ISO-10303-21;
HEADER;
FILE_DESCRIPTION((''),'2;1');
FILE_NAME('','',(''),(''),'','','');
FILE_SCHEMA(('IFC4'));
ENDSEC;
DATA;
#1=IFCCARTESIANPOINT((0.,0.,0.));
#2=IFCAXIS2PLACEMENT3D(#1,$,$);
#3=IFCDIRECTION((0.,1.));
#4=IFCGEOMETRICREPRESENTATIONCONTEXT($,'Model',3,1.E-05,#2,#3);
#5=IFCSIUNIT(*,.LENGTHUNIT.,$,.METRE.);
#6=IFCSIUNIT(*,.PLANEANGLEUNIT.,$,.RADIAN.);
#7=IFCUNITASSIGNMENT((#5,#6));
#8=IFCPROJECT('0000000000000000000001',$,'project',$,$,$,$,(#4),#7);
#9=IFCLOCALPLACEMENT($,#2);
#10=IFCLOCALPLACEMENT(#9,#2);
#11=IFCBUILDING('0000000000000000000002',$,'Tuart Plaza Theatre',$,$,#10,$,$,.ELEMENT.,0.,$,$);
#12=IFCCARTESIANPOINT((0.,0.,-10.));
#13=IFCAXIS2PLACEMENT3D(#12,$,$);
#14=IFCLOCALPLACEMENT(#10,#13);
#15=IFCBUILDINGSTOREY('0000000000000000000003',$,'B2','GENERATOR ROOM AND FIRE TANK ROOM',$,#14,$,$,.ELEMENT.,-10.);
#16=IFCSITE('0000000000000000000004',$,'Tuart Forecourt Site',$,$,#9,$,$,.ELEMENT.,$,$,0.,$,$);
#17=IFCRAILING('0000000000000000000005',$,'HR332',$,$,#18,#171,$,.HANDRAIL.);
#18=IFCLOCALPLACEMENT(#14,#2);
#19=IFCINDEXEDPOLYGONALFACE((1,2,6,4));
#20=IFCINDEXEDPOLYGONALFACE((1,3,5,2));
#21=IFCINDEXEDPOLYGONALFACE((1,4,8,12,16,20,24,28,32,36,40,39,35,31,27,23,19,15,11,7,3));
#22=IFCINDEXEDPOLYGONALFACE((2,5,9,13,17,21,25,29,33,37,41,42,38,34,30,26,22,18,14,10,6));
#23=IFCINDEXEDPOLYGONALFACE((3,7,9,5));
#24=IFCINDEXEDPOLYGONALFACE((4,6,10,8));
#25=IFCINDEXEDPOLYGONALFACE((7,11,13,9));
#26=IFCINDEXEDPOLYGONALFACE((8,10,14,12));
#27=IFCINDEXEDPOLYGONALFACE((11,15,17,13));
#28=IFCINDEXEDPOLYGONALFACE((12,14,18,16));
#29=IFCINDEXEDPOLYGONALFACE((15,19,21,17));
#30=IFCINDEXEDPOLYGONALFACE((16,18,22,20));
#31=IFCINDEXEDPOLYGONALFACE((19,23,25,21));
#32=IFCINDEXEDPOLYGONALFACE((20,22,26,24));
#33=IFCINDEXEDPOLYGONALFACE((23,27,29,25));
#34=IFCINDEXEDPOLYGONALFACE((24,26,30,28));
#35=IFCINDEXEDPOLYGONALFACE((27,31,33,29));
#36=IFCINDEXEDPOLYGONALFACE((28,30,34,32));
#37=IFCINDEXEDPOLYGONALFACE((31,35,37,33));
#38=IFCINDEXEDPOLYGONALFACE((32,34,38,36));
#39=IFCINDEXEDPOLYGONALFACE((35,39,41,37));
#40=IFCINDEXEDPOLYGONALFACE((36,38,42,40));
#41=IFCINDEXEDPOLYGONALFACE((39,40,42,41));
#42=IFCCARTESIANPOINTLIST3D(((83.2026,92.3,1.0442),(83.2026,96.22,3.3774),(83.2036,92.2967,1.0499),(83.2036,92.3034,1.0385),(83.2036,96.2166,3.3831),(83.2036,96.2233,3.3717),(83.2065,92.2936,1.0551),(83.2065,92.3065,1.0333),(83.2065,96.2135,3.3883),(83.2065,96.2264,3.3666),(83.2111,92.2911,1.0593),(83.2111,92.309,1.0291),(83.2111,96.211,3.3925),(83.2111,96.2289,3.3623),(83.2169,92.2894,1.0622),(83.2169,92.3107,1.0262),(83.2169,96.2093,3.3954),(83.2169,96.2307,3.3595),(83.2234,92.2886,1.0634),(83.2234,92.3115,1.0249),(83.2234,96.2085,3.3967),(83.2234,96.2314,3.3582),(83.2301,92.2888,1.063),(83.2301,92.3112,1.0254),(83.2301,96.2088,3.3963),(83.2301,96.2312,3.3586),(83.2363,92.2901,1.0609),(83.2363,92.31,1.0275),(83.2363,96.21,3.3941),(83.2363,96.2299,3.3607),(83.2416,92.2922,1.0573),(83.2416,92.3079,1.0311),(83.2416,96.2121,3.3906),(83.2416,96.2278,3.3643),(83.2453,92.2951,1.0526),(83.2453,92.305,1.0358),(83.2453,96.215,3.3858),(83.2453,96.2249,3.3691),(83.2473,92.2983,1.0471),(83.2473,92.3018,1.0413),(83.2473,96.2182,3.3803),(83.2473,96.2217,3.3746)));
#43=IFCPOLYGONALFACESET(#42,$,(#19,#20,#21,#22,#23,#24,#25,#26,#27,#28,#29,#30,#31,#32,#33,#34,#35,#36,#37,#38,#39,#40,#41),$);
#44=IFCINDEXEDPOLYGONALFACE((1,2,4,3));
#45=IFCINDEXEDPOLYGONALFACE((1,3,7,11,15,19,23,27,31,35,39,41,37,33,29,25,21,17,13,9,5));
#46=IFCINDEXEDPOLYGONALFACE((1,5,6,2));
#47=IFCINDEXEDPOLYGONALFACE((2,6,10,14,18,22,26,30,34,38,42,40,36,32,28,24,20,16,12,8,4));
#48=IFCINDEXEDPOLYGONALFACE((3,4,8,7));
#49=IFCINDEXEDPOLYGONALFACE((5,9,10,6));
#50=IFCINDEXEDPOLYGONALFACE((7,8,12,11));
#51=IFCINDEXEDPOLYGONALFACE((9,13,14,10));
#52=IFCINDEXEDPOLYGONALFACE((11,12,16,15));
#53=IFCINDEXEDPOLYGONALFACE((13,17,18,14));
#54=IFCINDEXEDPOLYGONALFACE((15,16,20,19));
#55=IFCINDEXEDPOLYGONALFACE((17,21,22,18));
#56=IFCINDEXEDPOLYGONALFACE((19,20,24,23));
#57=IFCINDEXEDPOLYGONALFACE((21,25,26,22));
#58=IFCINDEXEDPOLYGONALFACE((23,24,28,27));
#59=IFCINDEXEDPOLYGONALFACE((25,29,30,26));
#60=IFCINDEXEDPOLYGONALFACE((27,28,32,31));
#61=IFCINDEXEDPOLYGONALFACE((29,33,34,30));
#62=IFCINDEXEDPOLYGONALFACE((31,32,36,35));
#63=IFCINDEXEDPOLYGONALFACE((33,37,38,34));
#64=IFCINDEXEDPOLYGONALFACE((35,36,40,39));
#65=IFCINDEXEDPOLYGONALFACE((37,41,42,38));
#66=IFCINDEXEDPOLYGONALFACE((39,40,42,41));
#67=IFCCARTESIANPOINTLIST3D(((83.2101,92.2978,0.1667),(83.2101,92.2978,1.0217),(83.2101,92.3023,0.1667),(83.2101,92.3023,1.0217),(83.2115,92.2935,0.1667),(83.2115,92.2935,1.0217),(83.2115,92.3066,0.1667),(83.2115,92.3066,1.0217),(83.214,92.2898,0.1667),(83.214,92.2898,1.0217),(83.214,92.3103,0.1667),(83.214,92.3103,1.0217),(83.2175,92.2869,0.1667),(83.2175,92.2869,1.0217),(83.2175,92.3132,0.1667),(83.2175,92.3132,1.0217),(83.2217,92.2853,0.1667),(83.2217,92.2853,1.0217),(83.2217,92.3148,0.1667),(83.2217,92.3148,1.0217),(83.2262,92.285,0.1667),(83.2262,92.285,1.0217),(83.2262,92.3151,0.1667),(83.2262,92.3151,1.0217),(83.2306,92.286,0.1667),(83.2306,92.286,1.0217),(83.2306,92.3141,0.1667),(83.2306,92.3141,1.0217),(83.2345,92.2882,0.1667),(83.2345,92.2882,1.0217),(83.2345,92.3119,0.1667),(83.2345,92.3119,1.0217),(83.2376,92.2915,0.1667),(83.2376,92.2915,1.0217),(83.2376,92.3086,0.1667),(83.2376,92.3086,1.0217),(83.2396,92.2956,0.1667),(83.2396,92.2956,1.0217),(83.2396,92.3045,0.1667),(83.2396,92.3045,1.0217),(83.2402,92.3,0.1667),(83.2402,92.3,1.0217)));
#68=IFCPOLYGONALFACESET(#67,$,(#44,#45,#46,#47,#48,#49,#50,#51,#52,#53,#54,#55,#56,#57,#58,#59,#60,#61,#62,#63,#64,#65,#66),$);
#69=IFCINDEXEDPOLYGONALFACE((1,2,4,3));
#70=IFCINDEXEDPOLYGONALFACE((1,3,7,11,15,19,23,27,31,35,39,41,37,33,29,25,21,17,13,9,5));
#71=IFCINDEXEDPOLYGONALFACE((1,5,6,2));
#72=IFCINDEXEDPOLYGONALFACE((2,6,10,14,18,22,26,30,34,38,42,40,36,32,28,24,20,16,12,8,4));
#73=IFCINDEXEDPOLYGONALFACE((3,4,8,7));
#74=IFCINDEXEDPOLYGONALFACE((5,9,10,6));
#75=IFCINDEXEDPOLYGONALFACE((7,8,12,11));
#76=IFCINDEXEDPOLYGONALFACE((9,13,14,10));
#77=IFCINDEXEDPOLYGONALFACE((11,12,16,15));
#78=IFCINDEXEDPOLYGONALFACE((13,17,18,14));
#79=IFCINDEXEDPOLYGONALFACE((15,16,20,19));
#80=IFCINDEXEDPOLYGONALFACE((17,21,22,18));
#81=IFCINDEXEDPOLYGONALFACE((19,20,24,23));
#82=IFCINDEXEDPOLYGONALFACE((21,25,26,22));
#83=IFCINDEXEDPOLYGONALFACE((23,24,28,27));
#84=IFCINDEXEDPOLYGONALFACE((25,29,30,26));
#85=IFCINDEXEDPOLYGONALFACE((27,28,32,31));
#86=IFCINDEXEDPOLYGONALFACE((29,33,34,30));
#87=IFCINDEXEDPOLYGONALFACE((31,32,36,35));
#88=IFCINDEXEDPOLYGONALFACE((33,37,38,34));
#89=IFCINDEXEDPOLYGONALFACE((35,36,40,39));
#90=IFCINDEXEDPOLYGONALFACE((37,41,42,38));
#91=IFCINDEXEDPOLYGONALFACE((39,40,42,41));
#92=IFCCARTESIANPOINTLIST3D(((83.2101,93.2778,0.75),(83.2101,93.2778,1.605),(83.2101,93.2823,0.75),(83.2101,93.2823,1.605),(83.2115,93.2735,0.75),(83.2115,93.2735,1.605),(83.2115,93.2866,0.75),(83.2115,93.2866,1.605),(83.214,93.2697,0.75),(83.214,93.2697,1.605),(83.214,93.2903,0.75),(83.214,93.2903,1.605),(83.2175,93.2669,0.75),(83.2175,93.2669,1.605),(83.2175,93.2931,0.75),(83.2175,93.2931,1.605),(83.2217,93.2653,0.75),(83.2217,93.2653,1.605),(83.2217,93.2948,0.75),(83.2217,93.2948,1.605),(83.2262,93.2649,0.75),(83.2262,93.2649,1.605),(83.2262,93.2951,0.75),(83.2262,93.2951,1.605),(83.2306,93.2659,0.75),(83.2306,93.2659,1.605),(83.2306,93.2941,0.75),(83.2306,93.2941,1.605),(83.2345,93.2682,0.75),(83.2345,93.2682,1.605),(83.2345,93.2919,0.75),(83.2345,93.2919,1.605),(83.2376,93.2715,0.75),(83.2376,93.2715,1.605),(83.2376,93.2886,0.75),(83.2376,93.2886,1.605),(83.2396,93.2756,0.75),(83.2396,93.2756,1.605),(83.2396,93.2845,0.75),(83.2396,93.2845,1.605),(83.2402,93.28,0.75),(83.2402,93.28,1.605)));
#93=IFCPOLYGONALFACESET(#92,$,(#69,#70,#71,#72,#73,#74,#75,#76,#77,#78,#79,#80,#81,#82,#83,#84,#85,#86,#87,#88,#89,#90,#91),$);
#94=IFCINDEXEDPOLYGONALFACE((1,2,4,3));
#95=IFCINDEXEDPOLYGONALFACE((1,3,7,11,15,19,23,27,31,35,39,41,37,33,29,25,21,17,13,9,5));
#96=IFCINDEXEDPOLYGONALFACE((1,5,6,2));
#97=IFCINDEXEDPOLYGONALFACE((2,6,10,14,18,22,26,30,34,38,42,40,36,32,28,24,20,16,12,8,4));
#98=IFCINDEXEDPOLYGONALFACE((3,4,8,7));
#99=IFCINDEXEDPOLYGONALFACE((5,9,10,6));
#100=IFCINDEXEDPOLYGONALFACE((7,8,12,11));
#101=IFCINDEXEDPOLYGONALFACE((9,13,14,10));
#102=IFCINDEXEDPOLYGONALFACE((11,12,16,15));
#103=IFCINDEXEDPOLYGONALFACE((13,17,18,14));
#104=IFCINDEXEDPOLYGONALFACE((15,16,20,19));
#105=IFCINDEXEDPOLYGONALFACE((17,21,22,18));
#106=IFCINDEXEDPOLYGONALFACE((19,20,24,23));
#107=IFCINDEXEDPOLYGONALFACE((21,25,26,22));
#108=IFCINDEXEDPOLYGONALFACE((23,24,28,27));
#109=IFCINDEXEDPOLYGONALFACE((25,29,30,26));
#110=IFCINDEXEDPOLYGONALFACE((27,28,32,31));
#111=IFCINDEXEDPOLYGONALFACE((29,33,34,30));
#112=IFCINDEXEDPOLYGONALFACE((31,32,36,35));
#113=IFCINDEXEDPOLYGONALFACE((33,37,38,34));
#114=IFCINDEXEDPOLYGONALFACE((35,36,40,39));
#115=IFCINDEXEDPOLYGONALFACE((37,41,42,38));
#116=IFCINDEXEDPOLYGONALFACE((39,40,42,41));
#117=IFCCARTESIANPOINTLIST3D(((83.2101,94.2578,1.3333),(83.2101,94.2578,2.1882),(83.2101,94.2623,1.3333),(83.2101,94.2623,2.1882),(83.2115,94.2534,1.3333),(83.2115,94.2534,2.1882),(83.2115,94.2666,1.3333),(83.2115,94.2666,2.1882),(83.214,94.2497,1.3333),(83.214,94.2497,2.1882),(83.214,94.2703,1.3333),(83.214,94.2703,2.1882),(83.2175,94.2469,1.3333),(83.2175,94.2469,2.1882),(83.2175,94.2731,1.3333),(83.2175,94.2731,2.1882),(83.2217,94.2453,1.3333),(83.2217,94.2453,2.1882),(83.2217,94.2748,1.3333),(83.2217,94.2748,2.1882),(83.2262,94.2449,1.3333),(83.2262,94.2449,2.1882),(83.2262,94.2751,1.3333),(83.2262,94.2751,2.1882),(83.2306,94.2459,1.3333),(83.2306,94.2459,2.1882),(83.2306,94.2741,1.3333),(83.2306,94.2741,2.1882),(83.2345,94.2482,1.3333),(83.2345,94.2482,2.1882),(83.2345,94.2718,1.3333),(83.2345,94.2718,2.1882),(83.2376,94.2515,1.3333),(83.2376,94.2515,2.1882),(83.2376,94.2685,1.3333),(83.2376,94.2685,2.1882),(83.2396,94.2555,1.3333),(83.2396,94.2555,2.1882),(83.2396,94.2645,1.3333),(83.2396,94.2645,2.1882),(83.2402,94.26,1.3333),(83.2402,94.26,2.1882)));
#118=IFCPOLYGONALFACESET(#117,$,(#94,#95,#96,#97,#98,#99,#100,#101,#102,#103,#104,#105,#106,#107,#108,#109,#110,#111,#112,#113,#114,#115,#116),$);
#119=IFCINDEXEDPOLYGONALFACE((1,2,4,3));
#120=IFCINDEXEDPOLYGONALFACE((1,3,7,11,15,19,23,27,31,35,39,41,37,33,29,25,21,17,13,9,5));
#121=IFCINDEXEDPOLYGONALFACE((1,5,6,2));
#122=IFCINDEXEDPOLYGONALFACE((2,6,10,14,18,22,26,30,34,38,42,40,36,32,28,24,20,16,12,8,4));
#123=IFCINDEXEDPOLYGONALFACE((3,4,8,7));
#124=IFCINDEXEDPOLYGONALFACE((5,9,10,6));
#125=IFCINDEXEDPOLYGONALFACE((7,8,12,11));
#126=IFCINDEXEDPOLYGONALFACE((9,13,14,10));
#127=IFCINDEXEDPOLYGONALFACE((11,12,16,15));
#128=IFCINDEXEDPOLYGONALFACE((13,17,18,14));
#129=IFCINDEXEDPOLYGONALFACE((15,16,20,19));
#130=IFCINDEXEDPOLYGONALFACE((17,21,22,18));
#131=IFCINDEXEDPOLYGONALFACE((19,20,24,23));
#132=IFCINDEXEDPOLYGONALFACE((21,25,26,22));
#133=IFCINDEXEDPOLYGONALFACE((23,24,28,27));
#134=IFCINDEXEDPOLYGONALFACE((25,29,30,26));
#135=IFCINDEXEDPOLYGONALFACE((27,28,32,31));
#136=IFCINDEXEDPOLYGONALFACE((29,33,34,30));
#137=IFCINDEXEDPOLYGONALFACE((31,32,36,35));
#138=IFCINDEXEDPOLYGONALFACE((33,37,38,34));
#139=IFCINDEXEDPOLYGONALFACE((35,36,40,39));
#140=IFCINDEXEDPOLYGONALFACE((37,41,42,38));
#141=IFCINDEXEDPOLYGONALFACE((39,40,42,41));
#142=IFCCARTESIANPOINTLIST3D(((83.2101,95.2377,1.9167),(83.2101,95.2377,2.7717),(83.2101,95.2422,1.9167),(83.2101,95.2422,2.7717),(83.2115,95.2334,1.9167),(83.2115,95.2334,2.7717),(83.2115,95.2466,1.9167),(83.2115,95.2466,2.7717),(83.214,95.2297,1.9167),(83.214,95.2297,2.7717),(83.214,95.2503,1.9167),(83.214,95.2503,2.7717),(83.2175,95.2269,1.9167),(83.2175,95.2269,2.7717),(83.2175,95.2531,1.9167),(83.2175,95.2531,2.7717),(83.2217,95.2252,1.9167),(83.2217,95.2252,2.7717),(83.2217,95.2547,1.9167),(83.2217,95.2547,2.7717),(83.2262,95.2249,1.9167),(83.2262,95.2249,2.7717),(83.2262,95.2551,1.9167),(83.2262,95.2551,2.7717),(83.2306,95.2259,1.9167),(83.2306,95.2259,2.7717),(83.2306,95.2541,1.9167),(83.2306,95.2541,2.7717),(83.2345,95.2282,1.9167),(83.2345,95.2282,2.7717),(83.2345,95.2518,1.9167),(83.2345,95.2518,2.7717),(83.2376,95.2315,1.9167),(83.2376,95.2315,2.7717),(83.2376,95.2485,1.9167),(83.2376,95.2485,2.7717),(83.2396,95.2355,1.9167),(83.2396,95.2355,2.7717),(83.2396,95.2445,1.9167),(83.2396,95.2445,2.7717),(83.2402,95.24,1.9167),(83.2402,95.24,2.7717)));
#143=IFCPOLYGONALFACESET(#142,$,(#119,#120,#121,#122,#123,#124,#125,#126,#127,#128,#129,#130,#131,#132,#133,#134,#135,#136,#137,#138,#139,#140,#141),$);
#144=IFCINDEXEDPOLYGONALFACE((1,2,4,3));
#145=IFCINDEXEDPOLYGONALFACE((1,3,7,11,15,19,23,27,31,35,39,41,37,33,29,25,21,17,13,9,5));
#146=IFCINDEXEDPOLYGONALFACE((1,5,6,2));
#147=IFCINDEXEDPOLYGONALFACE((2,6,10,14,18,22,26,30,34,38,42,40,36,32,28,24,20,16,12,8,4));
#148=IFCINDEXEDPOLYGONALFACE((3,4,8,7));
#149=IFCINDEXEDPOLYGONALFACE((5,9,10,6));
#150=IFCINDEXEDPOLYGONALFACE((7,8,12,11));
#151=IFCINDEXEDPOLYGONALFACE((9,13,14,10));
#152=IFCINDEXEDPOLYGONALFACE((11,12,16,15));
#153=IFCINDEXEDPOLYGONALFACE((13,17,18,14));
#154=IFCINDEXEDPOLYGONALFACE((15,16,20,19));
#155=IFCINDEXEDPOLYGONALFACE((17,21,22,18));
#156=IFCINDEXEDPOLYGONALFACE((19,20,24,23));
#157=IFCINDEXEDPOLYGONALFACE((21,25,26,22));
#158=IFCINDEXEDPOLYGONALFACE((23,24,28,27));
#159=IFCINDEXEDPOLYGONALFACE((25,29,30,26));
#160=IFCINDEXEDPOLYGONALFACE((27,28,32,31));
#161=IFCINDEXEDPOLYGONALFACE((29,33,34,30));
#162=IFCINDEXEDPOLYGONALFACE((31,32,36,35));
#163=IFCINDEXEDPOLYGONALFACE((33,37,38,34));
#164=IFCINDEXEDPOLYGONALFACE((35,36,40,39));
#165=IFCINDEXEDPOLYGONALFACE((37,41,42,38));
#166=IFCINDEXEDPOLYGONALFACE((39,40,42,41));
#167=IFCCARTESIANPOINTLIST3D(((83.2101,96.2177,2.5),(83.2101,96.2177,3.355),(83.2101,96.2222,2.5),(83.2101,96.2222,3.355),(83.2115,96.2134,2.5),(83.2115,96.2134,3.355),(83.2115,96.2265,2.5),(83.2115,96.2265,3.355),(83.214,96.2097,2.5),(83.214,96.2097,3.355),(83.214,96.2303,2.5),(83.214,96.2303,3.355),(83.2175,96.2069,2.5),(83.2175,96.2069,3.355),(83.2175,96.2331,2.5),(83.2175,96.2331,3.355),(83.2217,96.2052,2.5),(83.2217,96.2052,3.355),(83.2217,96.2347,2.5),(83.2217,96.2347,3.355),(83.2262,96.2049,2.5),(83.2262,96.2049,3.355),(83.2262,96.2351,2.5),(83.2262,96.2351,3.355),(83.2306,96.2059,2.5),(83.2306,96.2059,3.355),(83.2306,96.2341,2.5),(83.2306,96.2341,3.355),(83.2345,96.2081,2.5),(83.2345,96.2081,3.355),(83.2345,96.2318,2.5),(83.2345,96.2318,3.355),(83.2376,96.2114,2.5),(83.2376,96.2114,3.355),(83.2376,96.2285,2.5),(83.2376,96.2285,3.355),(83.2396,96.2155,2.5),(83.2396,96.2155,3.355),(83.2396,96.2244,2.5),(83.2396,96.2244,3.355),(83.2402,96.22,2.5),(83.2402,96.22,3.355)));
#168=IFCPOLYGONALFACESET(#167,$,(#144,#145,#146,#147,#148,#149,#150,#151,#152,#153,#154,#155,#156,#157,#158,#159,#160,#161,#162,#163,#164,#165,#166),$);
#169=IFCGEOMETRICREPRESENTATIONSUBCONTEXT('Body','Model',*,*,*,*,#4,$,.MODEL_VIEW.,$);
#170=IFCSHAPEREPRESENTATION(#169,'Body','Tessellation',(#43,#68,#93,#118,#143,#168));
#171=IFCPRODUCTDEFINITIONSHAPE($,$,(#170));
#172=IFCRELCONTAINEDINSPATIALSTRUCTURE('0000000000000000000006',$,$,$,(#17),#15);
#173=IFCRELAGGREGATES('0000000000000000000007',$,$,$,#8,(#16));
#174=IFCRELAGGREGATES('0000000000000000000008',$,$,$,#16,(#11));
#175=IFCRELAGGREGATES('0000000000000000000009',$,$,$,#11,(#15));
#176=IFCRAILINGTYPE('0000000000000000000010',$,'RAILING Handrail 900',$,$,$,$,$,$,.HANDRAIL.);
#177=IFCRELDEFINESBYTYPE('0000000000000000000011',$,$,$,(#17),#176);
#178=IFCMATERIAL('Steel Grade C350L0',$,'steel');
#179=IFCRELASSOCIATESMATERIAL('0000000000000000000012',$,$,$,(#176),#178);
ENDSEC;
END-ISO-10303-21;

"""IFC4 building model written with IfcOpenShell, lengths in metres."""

from ifc_helpers import new_model, si_unit, direction, frame, origin, origin_2d, place, context, subcontext, project, spatial, circle, extrude, material, type_object, element, save


model = new_model("IFC4")

# Units and contexts
model_context = context("Model", 3, precision=1e-05, world=origin(), true_north=direction((0.0, 1.0)))
body_context = subcontext(model_context, "Body", "Model", "MODEL_VIEW")
ifc_project = project(units=[si_unit("LENGTHUNIT", "METRE"), si_unit("PLANEANGLEUNIT", "RADIAN")], contexts=[model_context])

# Site, building, storey
site_placement = place(None, origin())
site = spatial("IfcSite", under=ifc_project, at=site_placement, Name="Tuart Forecourt Site", CompositionType="ELEMENT", RefElevation=0.0)
building_placement = place(site_placement, origin())
building = spatial("IfcBuilding", under=site, at=building_placement, Name="Tuart Plaza Theatre", CompositionType="ELEMENT", ElevationOfRefHeight=0.0)
storey_placement = place(building_placement, frame((0.0, 0.0, -10.0)))
storey = spatial("IfcBuildingStorey", under=building, at=storey_placement, Name="B2", Description="GENERATOR ROOM AND FIRE TANK ROOM", CompositionType="ELEMENT", Elevation=-10.0)

# Railing
ifc_material_1 = material(Name="Steel Grade C350L0", Category="steel")
railing_type_1 = type_object("IfcRailingType", Name="RAILING Handrail 900", PredefinedType="HANDRAIL", material=ifc_material_1)
railing_1_placement = place(storey_placement, frame((83.2251, 92.3, 0.1667)))
element("IfcRailing", 1, at=railing_1_placement, inside=storey, type_object=railing_type_1, Name="HR332", PredefinedType="HANDRAIL", context=body_context, shape_type="SweptSolid", body=[
    extrude(circle(Radius=0.0225, at=origin_2d()), frame((0.0, 0.0, 0.8774), z_axis=(0.0, 0.859296, 0.511478), x_axis=(-1.0, 0.0, 0.0)), (0.0, 0.0, 1.0), 4.5618),
    extrude(circle(Radius=0.0151, at=origin_2d()), origin(), (0.0, 0.0, 1.0), 0.855),
    extrude(circle(Radius=0.0151, at=origin_2d()), frame((0.0, 0.98, 0.5833)), (0.0, 0.0, 1.0), 0.855),
    extrude(circle(Radius=0.0151, at=origin_2d()), frame((0.0, 1.96, 1.1665)), (0.0, 0.0, 1.0), 0.855),
    extrude(circle(Radius=0.0151, at=origin_2d()), frame((0.0, 2.9399, 1.75)), (0.0, 0.0, 1.0), 0.855),
    extrude(circle(Radius=0.0151, at=origin_2d()), frame((0.0, 3.9199, 2.3333)), (0.0, 0.0, 1.0), 0.855),
])

save(model, "model.ifc")
